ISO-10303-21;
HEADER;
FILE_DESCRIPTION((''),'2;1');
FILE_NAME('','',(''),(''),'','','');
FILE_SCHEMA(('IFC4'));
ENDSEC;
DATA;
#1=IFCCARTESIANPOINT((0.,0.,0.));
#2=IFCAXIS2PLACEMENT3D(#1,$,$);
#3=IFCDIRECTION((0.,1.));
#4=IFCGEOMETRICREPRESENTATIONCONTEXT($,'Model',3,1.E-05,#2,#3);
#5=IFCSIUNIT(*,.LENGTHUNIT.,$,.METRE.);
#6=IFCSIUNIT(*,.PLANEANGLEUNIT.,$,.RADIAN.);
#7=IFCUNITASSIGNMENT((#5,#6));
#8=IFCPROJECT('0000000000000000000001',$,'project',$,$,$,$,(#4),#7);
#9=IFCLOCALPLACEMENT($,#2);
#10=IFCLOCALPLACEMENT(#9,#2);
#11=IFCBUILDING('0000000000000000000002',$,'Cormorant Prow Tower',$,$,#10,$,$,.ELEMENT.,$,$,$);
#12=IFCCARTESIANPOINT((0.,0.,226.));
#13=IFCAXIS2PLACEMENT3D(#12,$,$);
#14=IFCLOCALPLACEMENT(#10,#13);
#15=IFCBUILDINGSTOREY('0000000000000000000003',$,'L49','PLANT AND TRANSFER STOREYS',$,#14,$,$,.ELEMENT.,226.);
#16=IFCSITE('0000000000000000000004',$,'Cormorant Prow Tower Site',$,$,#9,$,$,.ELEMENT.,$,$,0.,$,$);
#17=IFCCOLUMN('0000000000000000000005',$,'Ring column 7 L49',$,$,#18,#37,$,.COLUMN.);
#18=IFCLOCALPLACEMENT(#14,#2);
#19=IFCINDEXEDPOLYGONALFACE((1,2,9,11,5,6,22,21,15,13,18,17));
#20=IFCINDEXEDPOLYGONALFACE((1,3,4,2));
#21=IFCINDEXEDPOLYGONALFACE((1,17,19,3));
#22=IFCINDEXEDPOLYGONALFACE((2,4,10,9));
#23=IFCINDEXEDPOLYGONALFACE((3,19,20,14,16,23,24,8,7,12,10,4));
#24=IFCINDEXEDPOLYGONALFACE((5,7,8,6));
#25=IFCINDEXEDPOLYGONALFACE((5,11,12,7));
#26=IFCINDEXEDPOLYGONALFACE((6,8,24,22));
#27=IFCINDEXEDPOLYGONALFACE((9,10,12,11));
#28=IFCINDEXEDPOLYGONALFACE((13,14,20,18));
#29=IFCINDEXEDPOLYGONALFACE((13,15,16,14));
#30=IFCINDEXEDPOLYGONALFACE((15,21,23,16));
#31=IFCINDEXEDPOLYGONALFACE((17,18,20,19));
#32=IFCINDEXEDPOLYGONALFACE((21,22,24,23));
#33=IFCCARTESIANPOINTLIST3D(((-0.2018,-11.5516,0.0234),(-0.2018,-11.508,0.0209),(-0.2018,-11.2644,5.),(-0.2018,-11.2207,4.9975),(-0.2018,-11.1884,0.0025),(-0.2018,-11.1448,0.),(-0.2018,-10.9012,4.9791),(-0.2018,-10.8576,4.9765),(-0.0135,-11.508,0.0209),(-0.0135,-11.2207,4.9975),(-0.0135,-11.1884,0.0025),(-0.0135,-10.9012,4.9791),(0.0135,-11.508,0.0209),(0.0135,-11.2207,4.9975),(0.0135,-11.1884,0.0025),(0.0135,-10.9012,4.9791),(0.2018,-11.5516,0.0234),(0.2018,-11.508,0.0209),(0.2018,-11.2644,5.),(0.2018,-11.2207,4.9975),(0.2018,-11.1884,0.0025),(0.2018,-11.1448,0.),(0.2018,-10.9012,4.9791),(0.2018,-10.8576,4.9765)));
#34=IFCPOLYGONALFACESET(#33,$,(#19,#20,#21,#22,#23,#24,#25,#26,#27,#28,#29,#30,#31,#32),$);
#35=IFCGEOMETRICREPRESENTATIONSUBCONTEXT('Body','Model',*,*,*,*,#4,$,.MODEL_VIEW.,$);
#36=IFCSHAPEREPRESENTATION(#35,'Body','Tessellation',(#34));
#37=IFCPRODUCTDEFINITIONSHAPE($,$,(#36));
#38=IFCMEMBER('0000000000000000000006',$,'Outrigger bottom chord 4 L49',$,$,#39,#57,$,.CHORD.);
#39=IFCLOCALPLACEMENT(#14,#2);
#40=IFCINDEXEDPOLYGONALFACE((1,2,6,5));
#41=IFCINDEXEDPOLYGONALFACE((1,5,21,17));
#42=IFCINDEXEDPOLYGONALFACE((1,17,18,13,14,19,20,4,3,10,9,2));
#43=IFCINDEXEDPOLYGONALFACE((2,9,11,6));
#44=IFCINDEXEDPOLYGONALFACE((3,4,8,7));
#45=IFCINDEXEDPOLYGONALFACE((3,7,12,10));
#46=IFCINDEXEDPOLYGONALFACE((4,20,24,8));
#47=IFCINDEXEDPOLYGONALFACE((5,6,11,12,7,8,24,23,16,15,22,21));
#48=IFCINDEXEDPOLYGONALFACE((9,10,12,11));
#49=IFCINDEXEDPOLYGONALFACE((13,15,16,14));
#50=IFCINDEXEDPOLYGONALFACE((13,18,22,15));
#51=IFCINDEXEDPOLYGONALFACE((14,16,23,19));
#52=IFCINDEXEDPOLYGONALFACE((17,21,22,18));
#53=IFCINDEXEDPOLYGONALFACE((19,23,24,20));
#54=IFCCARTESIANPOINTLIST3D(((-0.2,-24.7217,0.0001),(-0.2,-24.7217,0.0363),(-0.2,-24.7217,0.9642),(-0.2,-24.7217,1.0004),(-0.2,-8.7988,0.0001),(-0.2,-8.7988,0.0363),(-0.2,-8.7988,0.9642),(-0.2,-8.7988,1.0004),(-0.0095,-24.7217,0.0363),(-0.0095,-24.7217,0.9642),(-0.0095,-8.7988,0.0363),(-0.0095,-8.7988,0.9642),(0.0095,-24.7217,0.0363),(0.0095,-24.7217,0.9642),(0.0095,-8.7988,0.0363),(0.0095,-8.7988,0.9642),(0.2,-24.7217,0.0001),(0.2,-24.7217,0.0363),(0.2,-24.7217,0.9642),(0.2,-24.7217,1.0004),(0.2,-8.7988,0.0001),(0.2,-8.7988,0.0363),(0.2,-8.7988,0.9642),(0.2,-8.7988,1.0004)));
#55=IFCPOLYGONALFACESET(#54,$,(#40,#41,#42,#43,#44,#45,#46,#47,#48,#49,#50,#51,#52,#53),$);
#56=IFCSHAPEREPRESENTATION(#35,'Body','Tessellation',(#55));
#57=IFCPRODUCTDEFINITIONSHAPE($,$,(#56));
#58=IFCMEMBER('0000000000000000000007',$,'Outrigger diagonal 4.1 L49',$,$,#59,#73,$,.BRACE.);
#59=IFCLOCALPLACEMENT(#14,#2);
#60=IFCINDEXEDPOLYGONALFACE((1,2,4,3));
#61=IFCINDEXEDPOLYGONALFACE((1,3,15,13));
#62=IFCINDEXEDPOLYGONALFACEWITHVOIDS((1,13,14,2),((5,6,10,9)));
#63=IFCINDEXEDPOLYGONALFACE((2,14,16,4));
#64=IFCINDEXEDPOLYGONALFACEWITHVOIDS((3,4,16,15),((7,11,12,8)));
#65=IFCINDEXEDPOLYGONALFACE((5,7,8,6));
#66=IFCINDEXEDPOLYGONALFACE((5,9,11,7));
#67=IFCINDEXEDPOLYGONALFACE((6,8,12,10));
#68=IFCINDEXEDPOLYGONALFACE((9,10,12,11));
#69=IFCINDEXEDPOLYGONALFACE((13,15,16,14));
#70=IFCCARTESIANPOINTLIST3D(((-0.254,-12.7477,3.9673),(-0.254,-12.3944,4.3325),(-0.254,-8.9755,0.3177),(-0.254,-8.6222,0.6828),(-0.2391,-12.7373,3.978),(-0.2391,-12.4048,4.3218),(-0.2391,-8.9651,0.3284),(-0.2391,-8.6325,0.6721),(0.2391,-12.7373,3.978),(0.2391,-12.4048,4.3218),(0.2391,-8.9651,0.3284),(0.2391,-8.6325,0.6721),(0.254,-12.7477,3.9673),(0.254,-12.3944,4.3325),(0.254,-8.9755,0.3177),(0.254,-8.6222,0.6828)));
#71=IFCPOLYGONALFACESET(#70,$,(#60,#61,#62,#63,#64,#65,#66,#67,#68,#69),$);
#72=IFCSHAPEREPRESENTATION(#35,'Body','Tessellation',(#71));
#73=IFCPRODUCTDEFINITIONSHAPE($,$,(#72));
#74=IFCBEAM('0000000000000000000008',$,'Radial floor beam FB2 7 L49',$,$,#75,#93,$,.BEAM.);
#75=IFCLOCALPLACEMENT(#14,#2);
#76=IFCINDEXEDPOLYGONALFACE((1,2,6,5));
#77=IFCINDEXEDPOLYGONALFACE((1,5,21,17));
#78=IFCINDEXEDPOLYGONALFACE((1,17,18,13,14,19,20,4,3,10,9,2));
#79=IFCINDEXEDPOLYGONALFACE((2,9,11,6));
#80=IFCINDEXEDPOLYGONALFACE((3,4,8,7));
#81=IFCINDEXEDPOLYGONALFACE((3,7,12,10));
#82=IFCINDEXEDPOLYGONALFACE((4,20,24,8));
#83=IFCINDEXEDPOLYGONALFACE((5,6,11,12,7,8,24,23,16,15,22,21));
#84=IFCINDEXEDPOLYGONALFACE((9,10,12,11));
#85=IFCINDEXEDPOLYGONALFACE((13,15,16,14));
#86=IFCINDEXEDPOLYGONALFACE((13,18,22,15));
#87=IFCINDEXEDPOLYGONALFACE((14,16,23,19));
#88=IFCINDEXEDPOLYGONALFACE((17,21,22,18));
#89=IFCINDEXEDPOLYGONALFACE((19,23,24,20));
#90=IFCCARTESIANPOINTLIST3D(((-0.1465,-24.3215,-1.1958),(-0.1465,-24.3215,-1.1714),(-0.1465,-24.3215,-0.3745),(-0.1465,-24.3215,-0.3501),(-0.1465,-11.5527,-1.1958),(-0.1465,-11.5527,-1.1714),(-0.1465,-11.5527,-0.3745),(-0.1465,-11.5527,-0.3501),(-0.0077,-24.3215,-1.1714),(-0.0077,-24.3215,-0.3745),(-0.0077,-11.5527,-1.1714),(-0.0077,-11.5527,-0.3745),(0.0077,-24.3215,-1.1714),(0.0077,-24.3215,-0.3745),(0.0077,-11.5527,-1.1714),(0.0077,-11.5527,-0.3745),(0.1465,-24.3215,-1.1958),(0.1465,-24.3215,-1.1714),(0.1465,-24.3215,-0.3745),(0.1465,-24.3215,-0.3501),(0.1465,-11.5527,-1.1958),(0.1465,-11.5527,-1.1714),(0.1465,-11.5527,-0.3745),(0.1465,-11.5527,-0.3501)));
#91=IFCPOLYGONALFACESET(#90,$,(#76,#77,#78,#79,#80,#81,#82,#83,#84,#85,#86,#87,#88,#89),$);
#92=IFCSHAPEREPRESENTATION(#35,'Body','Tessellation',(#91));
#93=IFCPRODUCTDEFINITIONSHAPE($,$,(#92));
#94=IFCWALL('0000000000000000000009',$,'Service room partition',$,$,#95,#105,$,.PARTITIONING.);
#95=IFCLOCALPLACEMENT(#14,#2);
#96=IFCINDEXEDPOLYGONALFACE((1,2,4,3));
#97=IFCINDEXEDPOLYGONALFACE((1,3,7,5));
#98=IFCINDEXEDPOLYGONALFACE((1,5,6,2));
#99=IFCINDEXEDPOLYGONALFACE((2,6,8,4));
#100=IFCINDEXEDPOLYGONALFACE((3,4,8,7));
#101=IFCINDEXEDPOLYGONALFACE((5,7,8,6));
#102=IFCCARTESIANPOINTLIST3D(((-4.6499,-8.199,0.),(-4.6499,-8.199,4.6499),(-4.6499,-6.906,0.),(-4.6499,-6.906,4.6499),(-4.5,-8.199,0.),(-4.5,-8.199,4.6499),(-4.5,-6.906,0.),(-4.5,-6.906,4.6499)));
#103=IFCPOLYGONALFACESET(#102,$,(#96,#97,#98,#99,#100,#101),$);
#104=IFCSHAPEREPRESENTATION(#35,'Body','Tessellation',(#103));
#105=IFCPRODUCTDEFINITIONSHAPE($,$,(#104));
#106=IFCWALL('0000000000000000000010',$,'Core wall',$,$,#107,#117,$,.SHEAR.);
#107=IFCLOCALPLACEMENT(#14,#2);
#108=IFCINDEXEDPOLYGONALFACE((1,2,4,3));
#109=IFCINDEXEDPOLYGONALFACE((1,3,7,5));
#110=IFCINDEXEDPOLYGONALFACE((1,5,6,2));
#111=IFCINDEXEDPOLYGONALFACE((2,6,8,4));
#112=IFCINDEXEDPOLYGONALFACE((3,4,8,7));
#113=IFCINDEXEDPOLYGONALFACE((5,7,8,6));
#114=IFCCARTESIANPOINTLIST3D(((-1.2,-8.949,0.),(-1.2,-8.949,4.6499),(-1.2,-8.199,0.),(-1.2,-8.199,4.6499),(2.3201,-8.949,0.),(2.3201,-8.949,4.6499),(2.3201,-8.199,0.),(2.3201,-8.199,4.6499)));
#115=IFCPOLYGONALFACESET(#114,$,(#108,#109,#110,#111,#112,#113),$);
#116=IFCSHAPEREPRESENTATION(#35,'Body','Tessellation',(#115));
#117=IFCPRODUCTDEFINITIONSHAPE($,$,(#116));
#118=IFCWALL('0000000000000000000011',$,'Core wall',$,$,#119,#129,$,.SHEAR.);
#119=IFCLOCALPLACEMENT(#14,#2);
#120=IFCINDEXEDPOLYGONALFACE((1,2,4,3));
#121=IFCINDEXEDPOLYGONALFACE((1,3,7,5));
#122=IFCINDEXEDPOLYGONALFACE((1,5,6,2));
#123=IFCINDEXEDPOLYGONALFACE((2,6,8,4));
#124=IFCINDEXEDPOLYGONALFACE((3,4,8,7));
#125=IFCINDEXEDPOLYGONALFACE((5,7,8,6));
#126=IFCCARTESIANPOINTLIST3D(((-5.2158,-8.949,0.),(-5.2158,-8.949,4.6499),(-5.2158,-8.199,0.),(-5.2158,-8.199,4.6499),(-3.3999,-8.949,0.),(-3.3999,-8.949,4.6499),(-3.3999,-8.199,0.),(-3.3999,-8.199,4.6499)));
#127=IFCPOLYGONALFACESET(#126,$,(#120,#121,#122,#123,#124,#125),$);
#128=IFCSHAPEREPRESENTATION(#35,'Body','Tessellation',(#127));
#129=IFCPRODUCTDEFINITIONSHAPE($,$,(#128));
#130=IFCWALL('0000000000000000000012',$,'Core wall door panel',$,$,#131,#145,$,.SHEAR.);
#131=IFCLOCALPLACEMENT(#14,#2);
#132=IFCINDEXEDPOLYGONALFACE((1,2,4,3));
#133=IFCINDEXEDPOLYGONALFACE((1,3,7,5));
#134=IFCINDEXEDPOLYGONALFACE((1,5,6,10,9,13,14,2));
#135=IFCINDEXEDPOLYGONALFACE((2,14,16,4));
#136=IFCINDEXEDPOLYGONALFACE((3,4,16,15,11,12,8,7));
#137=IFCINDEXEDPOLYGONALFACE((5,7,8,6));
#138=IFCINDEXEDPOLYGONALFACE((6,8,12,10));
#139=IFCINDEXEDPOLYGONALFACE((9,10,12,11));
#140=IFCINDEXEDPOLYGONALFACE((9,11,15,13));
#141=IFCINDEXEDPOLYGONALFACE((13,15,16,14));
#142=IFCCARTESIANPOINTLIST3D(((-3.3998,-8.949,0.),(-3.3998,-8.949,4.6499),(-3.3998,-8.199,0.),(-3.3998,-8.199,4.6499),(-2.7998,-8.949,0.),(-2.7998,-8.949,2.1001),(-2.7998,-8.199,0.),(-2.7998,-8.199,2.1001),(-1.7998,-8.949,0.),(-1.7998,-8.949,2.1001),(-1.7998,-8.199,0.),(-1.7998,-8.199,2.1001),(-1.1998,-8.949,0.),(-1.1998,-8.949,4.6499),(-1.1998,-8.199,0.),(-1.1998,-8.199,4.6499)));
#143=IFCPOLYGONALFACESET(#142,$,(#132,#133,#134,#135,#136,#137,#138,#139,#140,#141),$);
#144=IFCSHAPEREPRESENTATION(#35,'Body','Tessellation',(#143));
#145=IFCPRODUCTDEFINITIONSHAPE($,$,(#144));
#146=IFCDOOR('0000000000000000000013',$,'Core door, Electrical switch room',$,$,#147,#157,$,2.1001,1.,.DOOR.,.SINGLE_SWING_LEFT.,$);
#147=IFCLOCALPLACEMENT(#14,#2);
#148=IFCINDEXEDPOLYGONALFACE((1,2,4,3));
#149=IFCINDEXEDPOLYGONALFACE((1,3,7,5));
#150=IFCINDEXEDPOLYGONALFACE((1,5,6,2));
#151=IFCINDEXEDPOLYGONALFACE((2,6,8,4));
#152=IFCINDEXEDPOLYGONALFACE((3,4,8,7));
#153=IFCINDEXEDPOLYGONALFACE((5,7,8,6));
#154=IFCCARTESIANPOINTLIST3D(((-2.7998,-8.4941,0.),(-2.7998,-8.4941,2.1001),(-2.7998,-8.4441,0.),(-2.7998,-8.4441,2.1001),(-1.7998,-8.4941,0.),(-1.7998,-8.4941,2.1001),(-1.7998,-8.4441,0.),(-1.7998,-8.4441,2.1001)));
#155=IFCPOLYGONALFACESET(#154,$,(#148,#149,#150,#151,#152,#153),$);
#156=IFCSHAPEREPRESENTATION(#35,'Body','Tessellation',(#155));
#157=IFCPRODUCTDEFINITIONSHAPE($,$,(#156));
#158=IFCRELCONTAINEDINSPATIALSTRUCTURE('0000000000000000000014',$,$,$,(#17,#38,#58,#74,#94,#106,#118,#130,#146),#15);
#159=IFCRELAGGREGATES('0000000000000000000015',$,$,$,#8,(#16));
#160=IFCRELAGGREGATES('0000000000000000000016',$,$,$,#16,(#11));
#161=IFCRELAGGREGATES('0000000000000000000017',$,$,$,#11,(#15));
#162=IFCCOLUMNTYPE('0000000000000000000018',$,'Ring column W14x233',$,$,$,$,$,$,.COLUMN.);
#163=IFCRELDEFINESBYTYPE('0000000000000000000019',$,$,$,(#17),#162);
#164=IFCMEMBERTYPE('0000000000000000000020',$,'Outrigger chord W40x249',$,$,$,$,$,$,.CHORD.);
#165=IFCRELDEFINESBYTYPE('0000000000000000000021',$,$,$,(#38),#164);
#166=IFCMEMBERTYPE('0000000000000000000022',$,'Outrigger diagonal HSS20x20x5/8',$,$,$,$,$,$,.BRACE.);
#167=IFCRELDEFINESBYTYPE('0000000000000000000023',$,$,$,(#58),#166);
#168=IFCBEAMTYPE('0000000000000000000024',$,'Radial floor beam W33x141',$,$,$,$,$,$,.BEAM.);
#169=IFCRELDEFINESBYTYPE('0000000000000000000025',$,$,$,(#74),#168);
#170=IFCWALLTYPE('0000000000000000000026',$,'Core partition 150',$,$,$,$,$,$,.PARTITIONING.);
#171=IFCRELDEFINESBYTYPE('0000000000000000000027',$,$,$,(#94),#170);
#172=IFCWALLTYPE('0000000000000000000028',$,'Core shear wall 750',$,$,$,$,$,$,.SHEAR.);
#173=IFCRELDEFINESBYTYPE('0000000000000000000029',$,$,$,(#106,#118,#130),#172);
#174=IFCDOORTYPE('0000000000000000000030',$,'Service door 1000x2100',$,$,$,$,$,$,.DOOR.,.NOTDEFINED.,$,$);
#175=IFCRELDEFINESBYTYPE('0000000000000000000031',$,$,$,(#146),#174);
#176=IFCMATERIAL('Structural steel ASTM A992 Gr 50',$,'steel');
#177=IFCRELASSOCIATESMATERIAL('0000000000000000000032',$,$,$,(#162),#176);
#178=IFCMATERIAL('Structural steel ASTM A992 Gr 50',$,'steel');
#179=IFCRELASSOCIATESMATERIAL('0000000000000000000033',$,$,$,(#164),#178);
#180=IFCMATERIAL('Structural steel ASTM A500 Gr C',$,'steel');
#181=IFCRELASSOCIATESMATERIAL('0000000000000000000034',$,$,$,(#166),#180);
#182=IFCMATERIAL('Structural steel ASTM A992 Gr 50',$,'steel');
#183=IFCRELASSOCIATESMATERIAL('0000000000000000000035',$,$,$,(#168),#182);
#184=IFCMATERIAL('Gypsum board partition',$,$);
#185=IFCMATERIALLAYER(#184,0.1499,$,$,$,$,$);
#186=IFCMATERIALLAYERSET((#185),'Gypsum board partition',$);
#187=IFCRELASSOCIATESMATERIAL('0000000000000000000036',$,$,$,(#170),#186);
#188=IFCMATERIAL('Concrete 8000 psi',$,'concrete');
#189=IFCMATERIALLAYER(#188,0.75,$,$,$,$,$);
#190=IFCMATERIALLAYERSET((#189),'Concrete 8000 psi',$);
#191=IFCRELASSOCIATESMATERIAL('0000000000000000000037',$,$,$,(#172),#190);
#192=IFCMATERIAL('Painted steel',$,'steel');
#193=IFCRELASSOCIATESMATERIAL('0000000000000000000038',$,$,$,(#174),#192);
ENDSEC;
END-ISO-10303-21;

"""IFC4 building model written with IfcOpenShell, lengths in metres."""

from ifc_helpers import new_model, si_unit, direction, frame, frame_2d, origin, origin_2d, place, context, subcontext, project, spatial, rectangle, hollow_rectangle, i_section, extrude, material, layer, layer_set, material_profile, profile_set, type_object, element, fill, save


model = new_model("IFC4")

# Units and contexts
model_context = context("Model", 3, precision=1e-05, world=origin(), true_north=direction((0.0, 1.0)))
body_context = subcontext(model_context, "Body", "Model", "MODEL_VIEW")
ifc_project = project(units=[si_unit("LENGTHUNIT", "METRE"), si_unit("PLANEANGLEUNIT", "RADIAN")], contexts=[model_context])

# Site, building, storey
site_placement = place(None, origin())
site = spatial("IfcSite", under=ifc_project, at=site_placement, Name="Cormorant Prow Tower Site", CompositionType="ELEMENT", RefElevation=0.0)
building_placement = place(site_placement, origin())
building = spatial("IfcBuilding", under=site, at=building_placement, Name="Cormorant Prow Tower", CompositionType="ELEMENT")
storey_placement = place(building_placement, frame((0.0, 0.0, 226.0)))
storey = spatial("IfcBuildingStorey", under=building, at=storey_placement, Name="L49", Description="PLANT AND TRANSFER STOREYS", CompositionType="ELEMENT", Elevation=226.0)

# Column
ifc_material_1 = material(Name="Structural steel ASTM A992 Gr 50", Category="steel")
ifc_material_profile_1 = material_profile(ifc_material_1, i_section(OverallWidth=0.4036, OverallDepth=0.4075, WebThickness=0.0271, FlangeThickness=0.0437, at=origin_2d()), Name="W14x233")
ifc_profile_set_1 = profile_set([ifc_material_profile_1], Name="Structural steel ASTM A992 Gr 50")
column_type = type_object("IfcColumnType", Name="Ring column W14x233", PredefinedType="COLUMN", material=ifc_profile_set_1)
column_placement = place(storey_placement, frame((0.0, -11.3489, 0.0), z_axis=(0.0, 0.057619, 0.998339), x_axis=(-1.0, 0.0, 0.0)))
element("IfcColumn", 1, at=column_placement, inside=storey, type_object=column_type, Name="Ring column 7 L49", PredefinedType="COLUMN", context=body_context, shape_type="SweptSolid", body=[
    extrude(i_section(OverallWidth=0.4036, OverallDepth=0.4075, WebThickness=0.0271, FlangeThickness=0.0437, at=origin_2d()), frame((0.0, 0.0, 0.0117)), (0.0, 0.0, 1.0), 4.9849),
])

# Members
ifc_material_2 = material(Name="Structural steel ASTM A992 Gr 50", Category="steel")
ifc_material_profile_2 = material_profile(ifc_material_2, i_section(OverallWidth=0.3999, OverallDepth=1.0002, WebThickness=0.019, FlangeThickness=0.0361, at=origin_2d()), Name="W40x249")
ifc_profile_set_2 = profile_set([ifc_material_profile_2], Name="Structural steel ASTM A992 Gr 50")
member_type_1 = type_object("IfcMemberType", Name="Outrigger chord W40x249", PredefinedType="CHORD", material=ifc_profile_set_2)
member_1_placement = place(storey_placement, frame((0.0, -8.7988, 0.5002), z_axis=(0.0, -1.0, 0.0), x_axis=(1.0, 0.0, 0.0)))
element("IfcMember", 2, at=member_1_placement, inside=storey, type_object=member_type_1, Name="Outrigger bottom chord 4 L49", PredefinedType="CHORD", context=body_context, shape_type="SweptSolid", body=[
    extrude(i_section(OverallWidth=0.3999, OverallDepth=1.0002, WebThickness=0.019, FlangeThickness=0.0361, at=origin_2d()), origin(), (0.0, 0.0, 1.0), 15.9229),
])
ifc_material_3 = material(Name="Structural steel ASTM A500 Gr C", Category="steel")
ifc_material_profile_3 = material_profile(ifc_material_3, hollow_rectangle(XDim=0.5081, YDim=0.5081, WallThickness=0.0149, at=origin_2d()), Name="HSS20x20x5/8")
ifc_profile_set_3 = profile_set([ifc_material_profile_3], Name="Structural steel ASTM A500 Gr C")
member_type_2 = type_object("IfcMemberType", Name="Outrigger diagonal HSS20x20x5/8", PredefinedType="BRACE", material=ifc_profile_set_3)
member_2_placement = place(storey_placement, frame((0.0, -8.7988, 0.5002), z_axis=(0.0, -0.718685, 0.695335), x_axis=(1.0, 0.0, 0.0)))
element("IfcMember", 3, at=member_2_placement, inside=storey, type_object=member_type_2, Name="Outrigger diagonal 4.1 L49", PredefinedType="BRACE", context=body_context, shape_type="SweptSolid", body=[
    extrude(hollow_rectangle(XDim=0.5081, YDim=0.5081, WallThickness=0.0149, at=origin_2d()), origin(), (0.0, 0.0, 1.0), 5.2488),
])

# Beam
ifc_material_4 = material(Name="Structural steel ASTM A992 Gr 50", Category="steel")
ifc_material_profile_4 = material_profile(ifc_material_4, i_section(OverallWidth=0.293, OverallDepth=0.8457, WebThickness=0.0154, FlangeThickness=0.0244, at=origin_2d()), Name="W33x141")
ifc_profile_set_4 = profile_set([ifc_material_profile_4], Name="Structural steel ASTM A992 Gr 50")
beam_type = type_object("IfcBeamType", Name="Radial floor beam W33x141", PredefinedType="BEAM", material=ifc_profile_set_4)
beam_placement = place(storey_placement, frame((0.0, -11.5527, -0.7729), z_axis=(0.0, -1.0, 0.0), x_axis=(1.0, 0.0, 0.0)))
element("IfcBeam", 4, at=beam_placement, inside=storey, type_object=beam_type, Name="Radial floor beam FB2 7 L49", PredefinedType="BEAM", context=body_context, shape_type="SweptSolid", body=[
    extrude(i_section(OverallWidth=0.293, OverallDepth=0.8457, WebThickness=0.0154, FlangeThickness=0.0244, at=origin_2d()), origin(), (0.0, 0.0, 1.0), 12.7688),
])

# Walls
ifc_material_5 = material(Name="Gypsum board partition")
ifc_layer_1 = layer(ifc_material_5, 0.1499)
ifc_layer_set_1 = layer_set([ifc_layer_1], Name="Gypsum board partition")
wall_type_1 = type_object("IfcWallType", Name="Core partition 150", PredefinedType="PARTITIONING", material=ifc_layer_set_1)
wall_1_placement = place(storey_placement, frame((-4.575, -6.906, 0.0), z_axis=(0.0, 0.0, 1.0), x_axis=(0.0, -1.0, 0.0)))
element("IfcWall", 5, at=wall_1_placement, inside=storey, type_object=wall_type_1, Name="Service room partition", PredefinedType="PARTITIONING", context=body_context, shape_type="SweptSolid", body=[
    extrude(rectangle(XDim=1.293, YDim=0.1499, at=frame_2d((0.6465, 0.0))), origin(), (0.0, 0.0, 1.0), 4.6499),
])
ifc_material_6 = material(Name="Concrete 8000 psi", Category="concrete")
ifc_layer_2 = layer(ifc_material_6, 0.75)
ifc_layer_set_2 = layer_set([ifc_layer_2], Name="Concrete 8000 psi")
wall_type_2 = type_object("IfcWallType", Name="Core shear wall 750", PredefinedType="SHEAR", material=ifc_layer_set_2)
wall_2_placement = place(storey_placement, frame((-1.2, -8.574, 0.0), z_axis=(0.0, 0.0, 1.0), x_axis=(1.0, 0.0, 0.0)))
element("IfcWall", 6, at=wall_2_placement, inside=storey, type_object=wall_type_2, Name="Core wall", PredefinedType="SHEAR", context=body_context, shape_type="SweptSolid", body=[
    extrude(rectangle(XDim=3.52, YDim=0.75, at=frame_2d((1.76, 0.0))), origin(), (0.0, 0.0, 1.0), 4.6499),
])
wall_3_placement = place(storey_placement, frame((-5.2158, -8.574, 0.0), z_axis=(0.0, 0.0, 1.0), x_axis=(1.0, 0.0, 0.0)))
element("IfcWall", 7, at=wall_3_placement, inside=storey, type_object=wall_type_2, Name="Core wall", PredefinedType="SHEAR", context=body_context, shape_type="SweptSolid", body=[
    extrude(rectangle(XDim=1.8159, YDim=0.75, at=frame_2d((0.908, 0.0))), origin(), (0.0, 0.0, 1.0), 4.6499),
])

# Wall, opening, door
wall_4_placement = place(storey_placement, frame((-3.3999, -8.574, 0.0), z_axis=(0.0, 0.0, 1.0), x_axis=(1.0, 0.0, 0.0)))
wall_4 = element("IfcWall", 8, at=wall_4_placement, inside=storey, type_object=wall_type_2, Name="Core wall door panel", PredefinedType="SHEAR", context=body_context, shape_type="SweptSolid", body=[
    extrude(rectangle(XDim=2.2, YDim=0.75, at=frame_2d((1.1001, 0.0))), origin(), (0.0, 0.0, 1.0), 4.6499),
])
opening_1_placement = place(wall_4_placement, frame((0.6001, 0.0, 0.0)))
opening_1 = element("IfcOpeningElement", 9, at=opening_1_placement, cuts=wall_4, PredefinedType="OPENING", context=body_context, shape_type="SweptSolid", body=[
    extrude(rectangle(XDim=1.0, YDim=2.1001, at=frame_2d((0.5, 1.05))), frame((0.0, 0.385, 0.0), z_axis=(0.0, -1.0, 0.0), x_axis=(1.0, 0.0, 0.0)), (0.0, 0.0, 1.0), 0.77),
])
ifc_material_7 = material(Name="Painted steel", Category="steel")
door_type_1 = type_object("IfcDoorType", Name="Service door 1000x2100", OperationType="NOTDEFINED", PredefinedType="DOOR", material=ifc_material_7)
door_1_placement = place(opening_1_placement, origin())
door_1 = element("IfcDoor", 10, at=door_1_placement, inside=storey, type_object=door_type_1, Name="Core door, Electrical switch room", OperationType="SINGLE_SWING_LEFT", OverallHeight=2.1001, OverallWidth=1.0, PredefinedType="DOOR", context=body_context, shape_type="SweptSolid", body=[
    extrude(rectangle(XDim=1.0, YDim=2.1001, at=frame_2d((0.5, 1.05))), frame((0.0, 0.1299, 0.0), z_axis=(0.0, -1.0, 0.0), x_axis=(1.0, 0.0, 0.0)), (0.0, 0.0, 1.0), 0.05),
])
fill(opening_1, door_1)

save(model, "model.ifc")
